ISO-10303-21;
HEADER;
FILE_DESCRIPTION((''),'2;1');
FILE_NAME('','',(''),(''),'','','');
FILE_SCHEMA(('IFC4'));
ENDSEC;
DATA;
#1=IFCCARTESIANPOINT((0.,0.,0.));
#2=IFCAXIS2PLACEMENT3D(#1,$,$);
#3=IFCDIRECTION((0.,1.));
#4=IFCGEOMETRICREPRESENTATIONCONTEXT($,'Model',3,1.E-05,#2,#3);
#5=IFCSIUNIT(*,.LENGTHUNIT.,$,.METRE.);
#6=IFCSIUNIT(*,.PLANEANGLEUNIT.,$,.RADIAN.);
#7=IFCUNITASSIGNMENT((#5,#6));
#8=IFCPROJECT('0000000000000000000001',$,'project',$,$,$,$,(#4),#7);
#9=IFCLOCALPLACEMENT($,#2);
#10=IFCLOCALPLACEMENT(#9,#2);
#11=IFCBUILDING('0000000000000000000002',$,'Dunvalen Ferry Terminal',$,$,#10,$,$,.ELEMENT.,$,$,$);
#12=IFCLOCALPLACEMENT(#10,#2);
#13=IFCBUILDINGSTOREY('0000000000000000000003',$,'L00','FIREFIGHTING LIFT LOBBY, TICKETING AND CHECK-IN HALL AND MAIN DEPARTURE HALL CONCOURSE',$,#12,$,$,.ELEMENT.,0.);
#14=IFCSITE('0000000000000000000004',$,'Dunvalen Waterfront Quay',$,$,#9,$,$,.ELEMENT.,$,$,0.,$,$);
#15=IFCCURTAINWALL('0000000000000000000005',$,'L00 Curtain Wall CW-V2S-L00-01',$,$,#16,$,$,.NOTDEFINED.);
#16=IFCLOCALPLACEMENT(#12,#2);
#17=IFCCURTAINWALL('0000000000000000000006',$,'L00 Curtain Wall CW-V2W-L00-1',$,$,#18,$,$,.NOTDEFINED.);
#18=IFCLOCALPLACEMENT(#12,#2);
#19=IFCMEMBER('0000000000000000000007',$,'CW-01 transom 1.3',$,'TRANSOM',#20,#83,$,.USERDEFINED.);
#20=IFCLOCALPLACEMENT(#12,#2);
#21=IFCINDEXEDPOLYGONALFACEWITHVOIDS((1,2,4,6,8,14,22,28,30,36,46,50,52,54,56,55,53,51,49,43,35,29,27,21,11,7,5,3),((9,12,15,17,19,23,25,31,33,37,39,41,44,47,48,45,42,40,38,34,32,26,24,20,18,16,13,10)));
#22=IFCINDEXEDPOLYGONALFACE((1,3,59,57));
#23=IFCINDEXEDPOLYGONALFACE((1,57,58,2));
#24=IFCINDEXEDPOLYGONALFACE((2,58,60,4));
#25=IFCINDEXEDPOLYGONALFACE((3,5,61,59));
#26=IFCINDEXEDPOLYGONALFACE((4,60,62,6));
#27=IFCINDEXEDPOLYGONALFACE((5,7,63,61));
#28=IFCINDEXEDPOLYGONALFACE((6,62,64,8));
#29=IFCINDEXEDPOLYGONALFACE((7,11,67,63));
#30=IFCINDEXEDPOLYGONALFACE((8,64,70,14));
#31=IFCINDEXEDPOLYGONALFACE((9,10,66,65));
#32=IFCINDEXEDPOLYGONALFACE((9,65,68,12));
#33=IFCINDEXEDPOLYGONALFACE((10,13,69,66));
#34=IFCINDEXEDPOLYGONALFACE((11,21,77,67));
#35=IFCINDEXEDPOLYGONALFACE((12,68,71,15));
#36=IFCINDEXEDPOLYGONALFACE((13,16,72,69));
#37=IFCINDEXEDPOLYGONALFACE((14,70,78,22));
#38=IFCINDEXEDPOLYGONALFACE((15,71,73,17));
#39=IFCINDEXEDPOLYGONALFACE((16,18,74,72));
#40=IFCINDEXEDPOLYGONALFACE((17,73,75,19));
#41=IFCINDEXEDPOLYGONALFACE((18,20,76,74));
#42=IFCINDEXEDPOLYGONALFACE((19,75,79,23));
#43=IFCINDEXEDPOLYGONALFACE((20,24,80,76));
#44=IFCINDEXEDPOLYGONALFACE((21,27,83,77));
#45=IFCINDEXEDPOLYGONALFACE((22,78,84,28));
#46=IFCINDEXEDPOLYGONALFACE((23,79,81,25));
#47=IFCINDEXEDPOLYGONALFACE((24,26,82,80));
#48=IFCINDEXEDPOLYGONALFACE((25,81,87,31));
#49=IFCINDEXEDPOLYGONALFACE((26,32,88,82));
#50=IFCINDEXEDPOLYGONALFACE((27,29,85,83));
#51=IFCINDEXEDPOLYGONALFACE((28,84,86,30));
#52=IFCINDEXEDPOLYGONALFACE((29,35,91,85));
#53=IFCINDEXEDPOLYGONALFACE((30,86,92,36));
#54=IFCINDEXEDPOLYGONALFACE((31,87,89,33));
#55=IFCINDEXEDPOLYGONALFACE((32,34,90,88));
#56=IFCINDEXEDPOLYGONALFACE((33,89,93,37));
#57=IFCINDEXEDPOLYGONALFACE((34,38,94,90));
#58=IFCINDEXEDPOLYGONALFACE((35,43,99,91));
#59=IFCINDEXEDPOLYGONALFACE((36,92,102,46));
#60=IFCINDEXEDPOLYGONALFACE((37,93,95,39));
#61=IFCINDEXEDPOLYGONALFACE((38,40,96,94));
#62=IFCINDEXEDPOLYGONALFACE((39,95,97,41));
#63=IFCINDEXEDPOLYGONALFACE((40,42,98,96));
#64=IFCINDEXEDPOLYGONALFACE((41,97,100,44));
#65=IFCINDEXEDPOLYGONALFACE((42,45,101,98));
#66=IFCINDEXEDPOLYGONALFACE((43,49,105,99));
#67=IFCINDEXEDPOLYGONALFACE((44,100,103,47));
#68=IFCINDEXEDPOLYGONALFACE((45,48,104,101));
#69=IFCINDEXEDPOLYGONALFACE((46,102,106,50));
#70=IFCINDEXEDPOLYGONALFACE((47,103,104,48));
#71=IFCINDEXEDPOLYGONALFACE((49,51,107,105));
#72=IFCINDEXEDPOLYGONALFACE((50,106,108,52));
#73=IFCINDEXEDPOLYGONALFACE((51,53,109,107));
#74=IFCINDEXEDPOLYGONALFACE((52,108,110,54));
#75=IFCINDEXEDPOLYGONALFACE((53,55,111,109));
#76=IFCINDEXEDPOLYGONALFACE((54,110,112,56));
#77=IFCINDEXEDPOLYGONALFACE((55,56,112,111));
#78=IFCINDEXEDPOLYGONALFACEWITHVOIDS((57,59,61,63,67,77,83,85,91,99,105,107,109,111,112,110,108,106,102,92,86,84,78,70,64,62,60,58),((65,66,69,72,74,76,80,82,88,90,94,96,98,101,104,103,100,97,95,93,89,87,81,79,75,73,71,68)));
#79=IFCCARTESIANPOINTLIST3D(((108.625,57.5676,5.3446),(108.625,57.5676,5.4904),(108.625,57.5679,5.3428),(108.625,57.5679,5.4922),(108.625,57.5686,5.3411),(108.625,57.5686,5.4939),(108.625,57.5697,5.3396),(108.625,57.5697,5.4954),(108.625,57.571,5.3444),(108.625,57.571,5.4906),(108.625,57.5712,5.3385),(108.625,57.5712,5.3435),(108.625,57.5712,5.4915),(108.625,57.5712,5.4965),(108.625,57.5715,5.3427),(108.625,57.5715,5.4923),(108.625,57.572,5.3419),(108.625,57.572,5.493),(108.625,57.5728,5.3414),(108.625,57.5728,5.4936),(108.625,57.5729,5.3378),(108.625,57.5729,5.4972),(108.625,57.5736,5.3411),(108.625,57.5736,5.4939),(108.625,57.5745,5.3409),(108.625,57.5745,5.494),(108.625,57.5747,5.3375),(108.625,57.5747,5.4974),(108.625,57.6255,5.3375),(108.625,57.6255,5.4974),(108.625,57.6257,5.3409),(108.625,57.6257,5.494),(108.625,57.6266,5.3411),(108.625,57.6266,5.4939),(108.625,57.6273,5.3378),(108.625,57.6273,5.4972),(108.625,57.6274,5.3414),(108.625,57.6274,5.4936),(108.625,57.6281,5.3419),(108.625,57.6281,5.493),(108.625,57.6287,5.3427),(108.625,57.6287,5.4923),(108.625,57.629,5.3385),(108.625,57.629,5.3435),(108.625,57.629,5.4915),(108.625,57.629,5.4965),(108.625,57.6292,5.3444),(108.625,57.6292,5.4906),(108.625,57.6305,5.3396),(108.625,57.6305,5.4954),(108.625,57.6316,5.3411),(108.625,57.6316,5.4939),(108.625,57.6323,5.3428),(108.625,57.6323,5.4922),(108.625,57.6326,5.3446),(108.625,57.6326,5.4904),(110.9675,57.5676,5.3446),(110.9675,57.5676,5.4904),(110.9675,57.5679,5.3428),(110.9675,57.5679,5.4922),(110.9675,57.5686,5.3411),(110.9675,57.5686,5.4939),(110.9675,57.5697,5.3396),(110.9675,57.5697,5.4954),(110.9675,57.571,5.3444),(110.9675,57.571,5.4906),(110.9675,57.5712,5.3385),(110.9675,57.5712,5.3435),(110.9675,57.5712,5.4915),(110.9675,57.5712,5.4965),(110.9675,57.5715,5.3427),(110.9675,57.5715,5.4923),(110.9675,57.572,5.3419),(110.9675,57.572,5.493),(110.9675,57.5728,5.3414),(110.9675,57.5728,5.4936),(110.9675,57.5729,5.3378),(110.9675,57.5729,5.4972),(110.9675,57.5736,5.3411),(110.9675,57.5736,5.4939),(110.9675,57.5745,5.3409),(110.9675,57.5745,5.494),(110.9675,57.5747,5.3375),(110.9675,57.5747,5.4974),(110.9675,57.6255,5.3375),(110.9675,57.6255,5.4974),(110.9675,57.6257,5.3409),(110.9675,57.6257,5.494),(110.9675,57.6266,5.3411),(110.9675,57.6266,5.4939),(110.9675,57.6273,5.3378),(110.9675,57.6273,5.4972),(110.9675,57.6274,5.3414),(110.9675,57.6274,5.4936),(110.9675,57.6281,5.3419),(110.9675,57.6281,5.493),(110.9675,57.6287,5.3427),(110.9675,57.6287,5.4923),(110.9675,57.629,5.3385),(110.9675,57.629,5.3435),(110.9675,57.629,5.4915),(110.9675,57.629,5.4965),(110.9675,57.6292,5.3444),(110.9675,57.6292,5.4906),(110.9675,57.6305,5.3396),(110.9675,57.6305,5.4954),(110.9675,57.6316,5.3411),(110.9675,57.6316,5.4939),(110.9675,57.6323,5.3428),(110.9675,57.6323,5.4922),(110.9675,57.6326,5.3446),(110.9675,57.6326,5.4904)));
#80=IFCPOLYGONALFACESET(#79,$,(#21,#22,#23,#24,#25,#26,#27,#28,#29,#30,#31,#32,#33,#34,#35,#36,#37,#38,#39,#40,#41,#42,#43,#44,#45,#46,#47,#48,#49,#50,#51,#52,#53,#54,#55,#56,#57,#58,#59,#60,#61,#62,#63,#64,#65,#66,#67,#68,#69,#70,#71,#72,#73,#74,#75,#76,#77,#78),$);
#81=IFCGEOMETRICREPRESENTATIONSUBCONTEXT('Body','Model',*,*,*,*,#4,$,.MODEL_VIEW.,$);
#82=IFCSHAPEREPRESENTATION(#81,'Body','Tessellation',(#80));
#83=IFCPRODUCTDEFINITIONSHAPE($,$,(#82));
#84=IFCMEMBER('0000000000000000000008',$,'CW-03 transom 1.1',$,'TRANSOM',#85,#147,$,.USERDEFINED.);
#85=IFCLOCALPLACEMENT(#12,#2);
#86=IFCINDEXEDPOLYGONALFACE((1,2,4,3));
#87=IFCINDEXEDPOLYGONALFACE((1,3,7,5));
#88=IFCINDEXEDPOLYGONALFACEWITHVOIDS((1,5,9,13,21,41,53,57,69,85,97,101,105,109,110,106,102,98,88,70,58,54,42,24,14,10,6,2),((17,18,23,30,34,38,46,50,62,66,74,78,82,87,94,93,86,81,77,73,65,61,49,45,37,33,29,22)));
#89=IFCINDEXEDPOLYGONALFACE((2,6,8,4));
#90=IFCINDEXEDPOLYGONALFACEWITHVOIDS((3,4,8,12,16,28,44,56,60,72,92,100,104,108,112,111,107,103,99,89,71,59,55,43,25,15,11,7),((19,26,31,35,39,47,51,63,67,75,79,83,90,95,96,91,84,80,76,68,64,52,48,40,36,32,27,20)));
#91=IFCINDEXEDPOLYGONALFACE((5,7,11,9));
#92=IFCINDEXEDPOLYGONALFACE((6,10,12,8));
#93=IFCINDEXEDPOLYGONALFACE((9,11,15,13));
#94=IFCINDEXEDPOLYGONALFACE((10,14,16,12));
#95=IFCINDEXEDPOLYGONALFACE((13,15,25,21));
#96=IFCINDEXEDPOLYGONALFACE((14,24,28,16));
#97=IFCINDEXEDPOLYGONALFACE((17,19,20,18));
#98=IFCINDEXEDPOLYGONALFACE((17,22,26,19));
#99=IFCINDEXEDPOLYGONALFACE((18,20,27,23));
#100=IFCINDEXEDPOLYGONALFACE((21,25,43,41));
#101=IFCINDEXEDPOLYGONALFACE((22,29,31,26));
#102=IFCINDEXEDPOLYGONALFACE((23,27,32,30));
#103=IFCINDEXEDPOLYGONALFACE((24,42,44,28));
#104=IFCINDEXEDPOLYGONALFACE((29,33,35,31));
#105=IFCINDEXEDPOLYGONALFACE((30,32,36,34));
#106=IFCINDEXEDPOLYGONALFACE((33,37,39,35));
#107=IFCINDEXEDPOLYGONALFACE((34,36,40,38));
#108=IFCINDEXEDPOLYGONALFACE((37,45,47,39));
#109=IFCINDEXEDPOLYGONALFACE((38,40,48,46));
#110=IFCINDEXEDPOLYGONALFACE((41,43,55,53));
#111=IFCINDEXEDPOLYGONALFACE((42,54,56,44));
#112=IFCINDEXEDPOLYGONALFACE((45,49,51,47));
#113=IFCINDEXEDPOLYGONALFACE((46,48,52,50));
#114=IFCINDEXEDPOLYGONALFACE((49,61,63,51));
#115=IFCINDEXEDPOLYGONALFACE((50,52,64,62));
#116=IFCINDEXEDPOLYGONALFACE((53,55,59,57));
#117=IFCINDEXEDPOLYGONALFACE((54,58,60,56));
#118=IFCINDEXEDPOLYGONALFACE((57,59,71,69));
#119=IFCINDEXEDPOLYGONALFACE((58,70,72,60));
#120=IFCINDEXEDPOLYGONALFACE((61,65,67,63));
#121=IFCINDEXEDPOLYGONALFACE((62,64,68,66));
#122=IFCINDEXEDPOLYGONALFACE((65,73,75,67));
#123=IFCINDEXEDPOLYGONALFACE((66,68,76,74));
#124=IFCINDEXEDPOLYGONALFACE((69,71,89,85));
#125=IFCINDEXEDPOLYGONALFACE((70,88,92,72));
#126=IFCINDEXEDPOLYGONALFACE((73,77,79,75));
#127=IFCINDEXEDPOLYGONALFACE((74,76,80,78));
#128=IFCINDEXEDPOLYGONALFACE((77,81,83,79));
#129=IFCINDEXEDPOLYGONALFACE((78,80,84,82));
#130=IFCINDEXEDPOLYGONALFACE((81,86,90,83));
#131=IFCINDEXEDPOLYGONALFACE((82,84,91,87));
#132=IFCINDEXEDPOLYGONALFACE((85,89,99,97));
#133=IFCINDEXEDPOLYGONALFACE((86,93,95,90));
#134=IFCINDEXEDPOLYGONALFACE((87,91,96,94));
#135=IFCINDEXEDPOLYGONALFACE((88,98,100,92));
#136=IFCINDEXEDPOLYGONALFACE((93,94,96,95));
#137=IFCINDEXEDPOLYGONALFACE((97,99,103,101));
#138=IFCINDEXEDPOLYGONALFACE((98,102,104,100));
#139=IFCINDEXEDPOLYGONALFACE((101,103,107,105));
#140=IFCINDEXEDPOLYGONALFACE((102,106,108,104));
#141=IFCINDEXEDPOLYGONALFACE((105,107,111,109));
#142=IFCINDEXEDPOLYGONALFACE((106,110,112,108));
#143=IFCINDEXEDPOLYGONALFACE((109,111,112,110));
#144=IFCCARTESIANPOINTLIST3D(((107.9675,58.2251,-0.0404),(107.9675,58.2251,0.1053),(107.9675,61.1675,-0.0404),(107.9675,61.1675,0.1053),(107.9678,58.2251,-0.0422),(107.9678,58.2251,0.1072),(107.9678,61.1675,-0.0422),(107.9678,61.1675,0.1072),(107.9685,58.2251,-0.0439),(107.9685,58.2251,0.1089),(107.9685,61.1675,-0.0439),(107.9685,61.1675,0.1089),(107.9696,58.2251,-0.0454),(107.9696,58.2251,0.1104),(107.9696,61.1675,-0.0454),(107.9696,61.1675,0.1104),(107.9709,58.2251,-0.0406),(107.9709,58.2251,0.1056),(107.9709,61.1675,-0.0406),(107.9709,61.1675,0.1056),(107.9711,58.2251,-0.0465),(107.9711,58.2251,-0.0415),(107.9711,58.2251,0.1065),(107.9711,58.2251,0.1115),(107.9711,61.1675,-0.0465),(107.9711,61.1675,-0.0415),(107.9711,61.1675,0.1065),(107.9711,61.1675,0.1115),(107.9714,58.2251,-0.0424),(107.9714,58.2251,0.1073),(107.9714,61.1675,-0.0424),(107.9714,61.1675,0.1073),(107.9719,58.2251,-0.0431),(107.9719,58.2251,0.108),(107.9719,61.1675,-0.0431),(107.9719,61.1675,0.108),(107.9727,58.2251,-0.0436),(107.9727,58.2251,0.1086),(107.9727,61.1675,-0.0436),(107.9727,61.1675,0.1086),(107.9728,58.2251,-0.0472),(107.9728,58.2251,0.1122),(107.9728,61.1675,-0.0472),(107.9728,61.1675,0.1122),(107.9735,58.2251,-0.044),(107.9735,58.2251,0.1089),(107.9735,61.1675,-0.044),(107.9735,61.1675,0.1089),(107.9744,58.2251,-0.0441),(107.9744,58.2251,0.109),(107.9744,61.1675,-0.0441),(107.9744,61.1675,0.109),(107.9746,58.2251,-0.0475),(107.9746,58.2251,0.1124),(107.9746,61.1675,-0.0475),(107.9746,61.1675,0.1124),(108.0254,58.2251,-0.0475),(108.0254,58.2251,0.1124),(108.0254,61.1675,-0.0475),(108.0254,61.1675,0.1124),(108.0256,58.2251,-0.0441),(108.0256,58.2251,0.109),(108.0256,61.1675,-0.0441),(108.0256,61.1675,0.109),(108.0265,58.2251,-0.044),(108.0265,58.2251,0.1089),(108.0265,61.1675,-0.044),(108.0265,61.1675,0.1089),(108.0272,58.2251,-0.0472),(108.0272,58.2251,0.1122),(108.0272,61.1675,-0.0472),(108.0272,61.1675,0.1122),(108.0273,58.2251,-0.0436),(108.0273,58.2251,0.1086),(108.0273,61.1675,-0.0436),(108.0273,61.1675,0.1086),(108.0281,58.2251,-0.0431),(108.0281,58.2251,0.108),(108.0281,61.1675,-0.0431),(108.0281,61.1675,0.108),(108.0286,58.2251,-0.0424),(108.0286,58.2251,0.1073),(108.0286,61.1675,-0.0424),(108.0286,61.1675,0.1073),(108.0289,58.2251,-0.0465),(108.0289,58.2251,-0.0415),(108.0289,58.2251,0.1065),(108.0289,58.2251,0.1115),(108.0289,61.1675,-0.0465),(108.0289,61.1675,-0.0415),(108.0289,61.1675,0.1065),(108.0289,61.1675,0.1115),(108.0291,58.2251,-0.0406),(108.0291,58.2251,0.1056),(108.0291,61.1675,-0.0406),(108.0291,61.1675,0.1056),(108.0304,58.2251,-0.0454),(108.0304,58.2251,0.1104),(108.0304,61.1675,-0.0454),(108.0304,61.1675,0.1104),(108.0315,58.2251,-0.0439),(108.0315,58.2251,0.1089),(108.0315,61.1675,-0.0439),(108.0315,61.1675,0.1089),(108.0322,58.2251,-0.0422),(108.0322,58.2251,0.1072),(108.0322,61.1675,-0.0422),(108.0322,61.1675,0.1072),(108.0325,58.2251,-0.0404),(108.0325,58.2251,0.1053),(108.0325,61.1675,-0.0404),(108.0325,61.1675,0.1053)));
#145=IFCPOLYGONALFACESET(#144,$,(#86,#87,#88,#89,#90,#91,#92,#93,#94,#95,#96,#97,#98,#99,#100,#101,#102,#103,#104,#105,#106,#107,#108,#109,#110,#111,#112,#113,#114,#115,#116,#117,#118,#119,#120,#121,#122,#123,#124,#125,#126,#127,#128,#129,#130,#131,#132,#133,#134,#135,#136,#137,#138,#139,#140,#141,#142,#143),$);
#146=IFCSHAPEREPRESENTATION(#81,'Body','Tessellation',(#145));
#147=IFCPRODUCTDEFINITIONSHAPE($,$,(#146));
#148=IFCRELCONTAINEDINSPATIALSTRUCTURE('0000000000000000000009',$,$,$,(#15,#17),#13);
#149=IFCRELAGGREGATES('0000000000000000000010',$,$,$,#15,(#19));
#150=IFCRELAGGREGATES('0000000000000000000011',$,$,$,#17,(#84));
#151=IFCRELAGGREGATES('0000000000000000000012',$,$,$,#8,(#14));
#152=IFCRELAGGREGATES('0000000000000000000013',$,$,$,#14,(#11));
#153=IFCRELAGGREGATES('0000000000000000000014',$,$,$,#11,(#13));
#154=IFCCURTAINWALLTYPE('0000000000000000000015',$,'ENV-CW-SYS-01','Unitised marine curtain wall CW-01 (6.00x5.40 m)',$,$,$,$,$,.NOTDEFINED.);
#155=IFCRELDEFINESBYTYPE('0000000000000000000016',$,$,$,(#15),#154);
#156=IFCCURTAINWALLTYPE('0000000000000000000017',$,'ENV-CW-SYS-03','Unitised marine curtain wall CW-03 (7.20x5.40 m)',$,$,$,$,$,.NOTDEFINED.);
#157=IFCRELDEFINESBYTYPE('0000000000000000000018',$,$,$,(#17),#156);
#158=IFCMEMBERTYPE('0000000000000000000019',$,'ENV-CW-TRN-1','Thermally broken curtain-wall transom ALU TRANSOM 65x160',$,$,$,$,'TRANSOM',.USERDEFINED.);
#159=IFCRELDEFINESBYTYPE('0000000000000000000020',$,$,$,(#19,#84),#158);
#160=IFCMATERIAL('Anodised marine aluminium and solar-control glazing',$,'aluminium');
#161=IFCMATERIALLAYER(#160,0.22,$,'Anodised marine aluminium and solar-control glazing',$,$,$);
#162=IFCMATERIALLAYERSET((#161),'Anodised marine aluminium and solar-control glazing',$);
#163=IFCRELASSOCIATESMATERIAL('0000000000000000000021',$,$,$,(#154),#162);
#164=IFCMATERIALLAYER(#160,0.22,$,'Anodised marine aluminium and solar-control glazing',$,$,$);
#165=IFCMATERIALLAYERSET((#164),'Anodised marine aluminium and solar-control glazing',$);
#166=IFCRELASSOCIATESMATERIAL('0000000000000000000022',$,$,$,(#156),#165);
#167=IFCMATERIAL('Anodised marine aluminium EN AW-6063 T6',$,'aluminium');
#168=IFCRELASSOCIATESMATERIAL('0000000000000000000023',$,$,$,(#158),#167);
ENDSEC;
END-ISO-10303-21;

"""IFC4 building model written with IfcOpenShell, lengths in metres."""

from ifc_helpers import new_model, si_unit, direction, frame, origin, origin_2d, place, context, subcontext, project, spatial, hollow_rectangle, extrude, material, layer, layer_set, material_profile, profile_set, type_object, element, aggregate, save


model = new_model("IFC4")

# Units and contexts
model_context = context("Model", 3, precision=1e-05, world=origin(), true_north=direction((0.0, 1.0)))
body_context = subcontext(model_context, "Body", "Model", "MODEL_VIEW")
ifc_project = project(units=[si_unit("LENGTHUNIT", "METRE"), si_unit("PLANEANGLEUNIT", "RADIAN")], contexts=[model_context])

# Site, building, storey
site_placement = place(None, origin())
site = spatial("IfcSite", under=ifc_project, at=site_placement, Name="Dunvalen Waterfront Quay", CompositionType="ELEMENT", RefElevation=0.0)
building_placement = place(site_placement, origin())
building = spatial("IfcBuilding", under=site, at=building_placement, Name="Dunvalen Ferry Terminal", CompositionType="ELEMENT")
storey_placement = place(building_placement, origin())
storey = spatial("IfcBuildingStorey", under=building, at=storey_placement, Name="L00", Description="FIREFIGHTING LIFT LOBBY, TICKETING AND CHECK-IN HALL AND MAIN DEPARTURE HALL CONCOURSE", CompositionType="ELEMENT", Elevation=0.0)

# Curtain wall
ifc_material_1 = material(Name="Anodised marine aluminium and solar-control glazing", Category="aluminium")
ifc_layer_1 = layer(ifc_material_1, 0.22, Name="Anodised marine aluminium and solar-control glazing")
ifc_layer_set_1 = layer_set([ifc_layer_1], Name="Anodised marine aluminium and solar-control glazing")
curtain_wall_type_1 = type_object("IfcCurtainWallType", Name="ENV-CW-SYS-01", Description="Unitised marine curtain wall CW-01 (6.00x5.40 m)", PredefinedType="NOTDEFINED", material=ifc_layer_set_1)
curtain_wall_1_placement = place(storey_placement, origin())
curtain_wall_1 = element("IfcCurtainWall", 1, at=curtain_wall_1_placement, inside=storey, type_object=curtain_wall_type_1, Name="L00 Curtain Wall CW-V2S-L00-01", PredefinedType="NOTDEFINED")
ifc_material_2 = material(Name="Anodised marine aluminium EN AW-6063 T6", Category="aluminium")

# Curtain wall
ifc_layer_2 = layer(ifc_material_1, 0.22, Name="Anodised marine aluminium and solar-control glazing")
ifc_layer_set_2 = layer_set([ifc_layer_2], Name="Anodised marine aluminium and solar-control glazing")
curtain_wall_type_2 = type_object("IfcCurtainWallType", Name="ENV-CW-SYS-03", Description="Unitised marine curtain wall CW-03 (7.20x5.40 m)", PredefinedType="NOTDEFINED", material=ifc_layer_set_2)
curtain_wall_2_placement = place(storey_placement, origin())
curtain_wall_2 = element("IfcCurtainWall", 2, at=curtain_wall_2_placement, inside=storey, type_object=curtain_wall_type_2, Name="L00 Curtain Wall CW-V2W-L00-1", PredefinedType="NOTDEFINED")

# Members
ifc_material_profile_1 = material_profile(ifc_material_2, hollow_rectangle(XDim=0.0649, YDim=0.1599, WallThickness=0.0034, InnerFilletRadius=0.0034, OuterFilletRadius=0.0071, at=origin_2d()), Name="Anodised marine aluminium EN AW-6063 T6")
ifc_profile_set_1 = profile_set([ifc_material_profile_1], Name="Anodised marine aluminium EN AW-6063 T6")
member_type_1 = type_object("IfcMemberType", Name="ENV-CW-TRN-1", Description="Thermally broken curtain-wall transom ALU TRANSOM 65x160", ElementType="TRANSOM", PredefinedType="USERDEFINED", material=ifc_profile_set_1)
member_1_placement = place(storey_placement, frame((108.625, 57.6001, 5.4175), z_axis=(1.0, 0.0, 0.0), x_axis=(0.0, 1.0, 0.0)))
member_1 = element("IfcMember", 3, at=member_1_placement, type_object=member_type_1, Name="CW-01 transom 1.3", ObjectType="TRANSOM", PredefinedType="USERDEFINED", context=body_context, shape_type="SweptSolid", body=[
    extrude(hollow_rectangle(XDim=0.0649, YDim=0.1599, WallThickness=0.0034, InnerFilletRadius=0.0034, OuterFilletRadius=0.0071, at=origin_2d()), origin(), (0.0, 0.0, 1.0), 2.3425),
])
aggregate(curtain_wall_1, [member_1])
member_2_placement = place(storey_placement, frame((108.0, 58.2251, 0.0325), z_axis=(0.0, 1.0, 0.0), x_axis=(-1.0, 0.0, 0.0)))
member_2 = element("IfcMember", 4, at=member_2_placement, type_object=member_type_1, Name="CW-03 transom 1.1", ObjectType="TRANSOM", PredefinedType="USERDEFINED", context=body_context, shape_type="SweptSolid", body=[
    extrude(hollow_rectangle(XDim=0.0649, YDim=0.1599, WallThickness=0.0034, InnerFilletRadius=0.0034, OuterFilletRadius=0.0071, at=origin_2d()), origin(), (0.0, 0.0, 1.0), 2.9424),
])

aggregate(curtain_wall_2, [member_2])

save(model, "model.ifc")
